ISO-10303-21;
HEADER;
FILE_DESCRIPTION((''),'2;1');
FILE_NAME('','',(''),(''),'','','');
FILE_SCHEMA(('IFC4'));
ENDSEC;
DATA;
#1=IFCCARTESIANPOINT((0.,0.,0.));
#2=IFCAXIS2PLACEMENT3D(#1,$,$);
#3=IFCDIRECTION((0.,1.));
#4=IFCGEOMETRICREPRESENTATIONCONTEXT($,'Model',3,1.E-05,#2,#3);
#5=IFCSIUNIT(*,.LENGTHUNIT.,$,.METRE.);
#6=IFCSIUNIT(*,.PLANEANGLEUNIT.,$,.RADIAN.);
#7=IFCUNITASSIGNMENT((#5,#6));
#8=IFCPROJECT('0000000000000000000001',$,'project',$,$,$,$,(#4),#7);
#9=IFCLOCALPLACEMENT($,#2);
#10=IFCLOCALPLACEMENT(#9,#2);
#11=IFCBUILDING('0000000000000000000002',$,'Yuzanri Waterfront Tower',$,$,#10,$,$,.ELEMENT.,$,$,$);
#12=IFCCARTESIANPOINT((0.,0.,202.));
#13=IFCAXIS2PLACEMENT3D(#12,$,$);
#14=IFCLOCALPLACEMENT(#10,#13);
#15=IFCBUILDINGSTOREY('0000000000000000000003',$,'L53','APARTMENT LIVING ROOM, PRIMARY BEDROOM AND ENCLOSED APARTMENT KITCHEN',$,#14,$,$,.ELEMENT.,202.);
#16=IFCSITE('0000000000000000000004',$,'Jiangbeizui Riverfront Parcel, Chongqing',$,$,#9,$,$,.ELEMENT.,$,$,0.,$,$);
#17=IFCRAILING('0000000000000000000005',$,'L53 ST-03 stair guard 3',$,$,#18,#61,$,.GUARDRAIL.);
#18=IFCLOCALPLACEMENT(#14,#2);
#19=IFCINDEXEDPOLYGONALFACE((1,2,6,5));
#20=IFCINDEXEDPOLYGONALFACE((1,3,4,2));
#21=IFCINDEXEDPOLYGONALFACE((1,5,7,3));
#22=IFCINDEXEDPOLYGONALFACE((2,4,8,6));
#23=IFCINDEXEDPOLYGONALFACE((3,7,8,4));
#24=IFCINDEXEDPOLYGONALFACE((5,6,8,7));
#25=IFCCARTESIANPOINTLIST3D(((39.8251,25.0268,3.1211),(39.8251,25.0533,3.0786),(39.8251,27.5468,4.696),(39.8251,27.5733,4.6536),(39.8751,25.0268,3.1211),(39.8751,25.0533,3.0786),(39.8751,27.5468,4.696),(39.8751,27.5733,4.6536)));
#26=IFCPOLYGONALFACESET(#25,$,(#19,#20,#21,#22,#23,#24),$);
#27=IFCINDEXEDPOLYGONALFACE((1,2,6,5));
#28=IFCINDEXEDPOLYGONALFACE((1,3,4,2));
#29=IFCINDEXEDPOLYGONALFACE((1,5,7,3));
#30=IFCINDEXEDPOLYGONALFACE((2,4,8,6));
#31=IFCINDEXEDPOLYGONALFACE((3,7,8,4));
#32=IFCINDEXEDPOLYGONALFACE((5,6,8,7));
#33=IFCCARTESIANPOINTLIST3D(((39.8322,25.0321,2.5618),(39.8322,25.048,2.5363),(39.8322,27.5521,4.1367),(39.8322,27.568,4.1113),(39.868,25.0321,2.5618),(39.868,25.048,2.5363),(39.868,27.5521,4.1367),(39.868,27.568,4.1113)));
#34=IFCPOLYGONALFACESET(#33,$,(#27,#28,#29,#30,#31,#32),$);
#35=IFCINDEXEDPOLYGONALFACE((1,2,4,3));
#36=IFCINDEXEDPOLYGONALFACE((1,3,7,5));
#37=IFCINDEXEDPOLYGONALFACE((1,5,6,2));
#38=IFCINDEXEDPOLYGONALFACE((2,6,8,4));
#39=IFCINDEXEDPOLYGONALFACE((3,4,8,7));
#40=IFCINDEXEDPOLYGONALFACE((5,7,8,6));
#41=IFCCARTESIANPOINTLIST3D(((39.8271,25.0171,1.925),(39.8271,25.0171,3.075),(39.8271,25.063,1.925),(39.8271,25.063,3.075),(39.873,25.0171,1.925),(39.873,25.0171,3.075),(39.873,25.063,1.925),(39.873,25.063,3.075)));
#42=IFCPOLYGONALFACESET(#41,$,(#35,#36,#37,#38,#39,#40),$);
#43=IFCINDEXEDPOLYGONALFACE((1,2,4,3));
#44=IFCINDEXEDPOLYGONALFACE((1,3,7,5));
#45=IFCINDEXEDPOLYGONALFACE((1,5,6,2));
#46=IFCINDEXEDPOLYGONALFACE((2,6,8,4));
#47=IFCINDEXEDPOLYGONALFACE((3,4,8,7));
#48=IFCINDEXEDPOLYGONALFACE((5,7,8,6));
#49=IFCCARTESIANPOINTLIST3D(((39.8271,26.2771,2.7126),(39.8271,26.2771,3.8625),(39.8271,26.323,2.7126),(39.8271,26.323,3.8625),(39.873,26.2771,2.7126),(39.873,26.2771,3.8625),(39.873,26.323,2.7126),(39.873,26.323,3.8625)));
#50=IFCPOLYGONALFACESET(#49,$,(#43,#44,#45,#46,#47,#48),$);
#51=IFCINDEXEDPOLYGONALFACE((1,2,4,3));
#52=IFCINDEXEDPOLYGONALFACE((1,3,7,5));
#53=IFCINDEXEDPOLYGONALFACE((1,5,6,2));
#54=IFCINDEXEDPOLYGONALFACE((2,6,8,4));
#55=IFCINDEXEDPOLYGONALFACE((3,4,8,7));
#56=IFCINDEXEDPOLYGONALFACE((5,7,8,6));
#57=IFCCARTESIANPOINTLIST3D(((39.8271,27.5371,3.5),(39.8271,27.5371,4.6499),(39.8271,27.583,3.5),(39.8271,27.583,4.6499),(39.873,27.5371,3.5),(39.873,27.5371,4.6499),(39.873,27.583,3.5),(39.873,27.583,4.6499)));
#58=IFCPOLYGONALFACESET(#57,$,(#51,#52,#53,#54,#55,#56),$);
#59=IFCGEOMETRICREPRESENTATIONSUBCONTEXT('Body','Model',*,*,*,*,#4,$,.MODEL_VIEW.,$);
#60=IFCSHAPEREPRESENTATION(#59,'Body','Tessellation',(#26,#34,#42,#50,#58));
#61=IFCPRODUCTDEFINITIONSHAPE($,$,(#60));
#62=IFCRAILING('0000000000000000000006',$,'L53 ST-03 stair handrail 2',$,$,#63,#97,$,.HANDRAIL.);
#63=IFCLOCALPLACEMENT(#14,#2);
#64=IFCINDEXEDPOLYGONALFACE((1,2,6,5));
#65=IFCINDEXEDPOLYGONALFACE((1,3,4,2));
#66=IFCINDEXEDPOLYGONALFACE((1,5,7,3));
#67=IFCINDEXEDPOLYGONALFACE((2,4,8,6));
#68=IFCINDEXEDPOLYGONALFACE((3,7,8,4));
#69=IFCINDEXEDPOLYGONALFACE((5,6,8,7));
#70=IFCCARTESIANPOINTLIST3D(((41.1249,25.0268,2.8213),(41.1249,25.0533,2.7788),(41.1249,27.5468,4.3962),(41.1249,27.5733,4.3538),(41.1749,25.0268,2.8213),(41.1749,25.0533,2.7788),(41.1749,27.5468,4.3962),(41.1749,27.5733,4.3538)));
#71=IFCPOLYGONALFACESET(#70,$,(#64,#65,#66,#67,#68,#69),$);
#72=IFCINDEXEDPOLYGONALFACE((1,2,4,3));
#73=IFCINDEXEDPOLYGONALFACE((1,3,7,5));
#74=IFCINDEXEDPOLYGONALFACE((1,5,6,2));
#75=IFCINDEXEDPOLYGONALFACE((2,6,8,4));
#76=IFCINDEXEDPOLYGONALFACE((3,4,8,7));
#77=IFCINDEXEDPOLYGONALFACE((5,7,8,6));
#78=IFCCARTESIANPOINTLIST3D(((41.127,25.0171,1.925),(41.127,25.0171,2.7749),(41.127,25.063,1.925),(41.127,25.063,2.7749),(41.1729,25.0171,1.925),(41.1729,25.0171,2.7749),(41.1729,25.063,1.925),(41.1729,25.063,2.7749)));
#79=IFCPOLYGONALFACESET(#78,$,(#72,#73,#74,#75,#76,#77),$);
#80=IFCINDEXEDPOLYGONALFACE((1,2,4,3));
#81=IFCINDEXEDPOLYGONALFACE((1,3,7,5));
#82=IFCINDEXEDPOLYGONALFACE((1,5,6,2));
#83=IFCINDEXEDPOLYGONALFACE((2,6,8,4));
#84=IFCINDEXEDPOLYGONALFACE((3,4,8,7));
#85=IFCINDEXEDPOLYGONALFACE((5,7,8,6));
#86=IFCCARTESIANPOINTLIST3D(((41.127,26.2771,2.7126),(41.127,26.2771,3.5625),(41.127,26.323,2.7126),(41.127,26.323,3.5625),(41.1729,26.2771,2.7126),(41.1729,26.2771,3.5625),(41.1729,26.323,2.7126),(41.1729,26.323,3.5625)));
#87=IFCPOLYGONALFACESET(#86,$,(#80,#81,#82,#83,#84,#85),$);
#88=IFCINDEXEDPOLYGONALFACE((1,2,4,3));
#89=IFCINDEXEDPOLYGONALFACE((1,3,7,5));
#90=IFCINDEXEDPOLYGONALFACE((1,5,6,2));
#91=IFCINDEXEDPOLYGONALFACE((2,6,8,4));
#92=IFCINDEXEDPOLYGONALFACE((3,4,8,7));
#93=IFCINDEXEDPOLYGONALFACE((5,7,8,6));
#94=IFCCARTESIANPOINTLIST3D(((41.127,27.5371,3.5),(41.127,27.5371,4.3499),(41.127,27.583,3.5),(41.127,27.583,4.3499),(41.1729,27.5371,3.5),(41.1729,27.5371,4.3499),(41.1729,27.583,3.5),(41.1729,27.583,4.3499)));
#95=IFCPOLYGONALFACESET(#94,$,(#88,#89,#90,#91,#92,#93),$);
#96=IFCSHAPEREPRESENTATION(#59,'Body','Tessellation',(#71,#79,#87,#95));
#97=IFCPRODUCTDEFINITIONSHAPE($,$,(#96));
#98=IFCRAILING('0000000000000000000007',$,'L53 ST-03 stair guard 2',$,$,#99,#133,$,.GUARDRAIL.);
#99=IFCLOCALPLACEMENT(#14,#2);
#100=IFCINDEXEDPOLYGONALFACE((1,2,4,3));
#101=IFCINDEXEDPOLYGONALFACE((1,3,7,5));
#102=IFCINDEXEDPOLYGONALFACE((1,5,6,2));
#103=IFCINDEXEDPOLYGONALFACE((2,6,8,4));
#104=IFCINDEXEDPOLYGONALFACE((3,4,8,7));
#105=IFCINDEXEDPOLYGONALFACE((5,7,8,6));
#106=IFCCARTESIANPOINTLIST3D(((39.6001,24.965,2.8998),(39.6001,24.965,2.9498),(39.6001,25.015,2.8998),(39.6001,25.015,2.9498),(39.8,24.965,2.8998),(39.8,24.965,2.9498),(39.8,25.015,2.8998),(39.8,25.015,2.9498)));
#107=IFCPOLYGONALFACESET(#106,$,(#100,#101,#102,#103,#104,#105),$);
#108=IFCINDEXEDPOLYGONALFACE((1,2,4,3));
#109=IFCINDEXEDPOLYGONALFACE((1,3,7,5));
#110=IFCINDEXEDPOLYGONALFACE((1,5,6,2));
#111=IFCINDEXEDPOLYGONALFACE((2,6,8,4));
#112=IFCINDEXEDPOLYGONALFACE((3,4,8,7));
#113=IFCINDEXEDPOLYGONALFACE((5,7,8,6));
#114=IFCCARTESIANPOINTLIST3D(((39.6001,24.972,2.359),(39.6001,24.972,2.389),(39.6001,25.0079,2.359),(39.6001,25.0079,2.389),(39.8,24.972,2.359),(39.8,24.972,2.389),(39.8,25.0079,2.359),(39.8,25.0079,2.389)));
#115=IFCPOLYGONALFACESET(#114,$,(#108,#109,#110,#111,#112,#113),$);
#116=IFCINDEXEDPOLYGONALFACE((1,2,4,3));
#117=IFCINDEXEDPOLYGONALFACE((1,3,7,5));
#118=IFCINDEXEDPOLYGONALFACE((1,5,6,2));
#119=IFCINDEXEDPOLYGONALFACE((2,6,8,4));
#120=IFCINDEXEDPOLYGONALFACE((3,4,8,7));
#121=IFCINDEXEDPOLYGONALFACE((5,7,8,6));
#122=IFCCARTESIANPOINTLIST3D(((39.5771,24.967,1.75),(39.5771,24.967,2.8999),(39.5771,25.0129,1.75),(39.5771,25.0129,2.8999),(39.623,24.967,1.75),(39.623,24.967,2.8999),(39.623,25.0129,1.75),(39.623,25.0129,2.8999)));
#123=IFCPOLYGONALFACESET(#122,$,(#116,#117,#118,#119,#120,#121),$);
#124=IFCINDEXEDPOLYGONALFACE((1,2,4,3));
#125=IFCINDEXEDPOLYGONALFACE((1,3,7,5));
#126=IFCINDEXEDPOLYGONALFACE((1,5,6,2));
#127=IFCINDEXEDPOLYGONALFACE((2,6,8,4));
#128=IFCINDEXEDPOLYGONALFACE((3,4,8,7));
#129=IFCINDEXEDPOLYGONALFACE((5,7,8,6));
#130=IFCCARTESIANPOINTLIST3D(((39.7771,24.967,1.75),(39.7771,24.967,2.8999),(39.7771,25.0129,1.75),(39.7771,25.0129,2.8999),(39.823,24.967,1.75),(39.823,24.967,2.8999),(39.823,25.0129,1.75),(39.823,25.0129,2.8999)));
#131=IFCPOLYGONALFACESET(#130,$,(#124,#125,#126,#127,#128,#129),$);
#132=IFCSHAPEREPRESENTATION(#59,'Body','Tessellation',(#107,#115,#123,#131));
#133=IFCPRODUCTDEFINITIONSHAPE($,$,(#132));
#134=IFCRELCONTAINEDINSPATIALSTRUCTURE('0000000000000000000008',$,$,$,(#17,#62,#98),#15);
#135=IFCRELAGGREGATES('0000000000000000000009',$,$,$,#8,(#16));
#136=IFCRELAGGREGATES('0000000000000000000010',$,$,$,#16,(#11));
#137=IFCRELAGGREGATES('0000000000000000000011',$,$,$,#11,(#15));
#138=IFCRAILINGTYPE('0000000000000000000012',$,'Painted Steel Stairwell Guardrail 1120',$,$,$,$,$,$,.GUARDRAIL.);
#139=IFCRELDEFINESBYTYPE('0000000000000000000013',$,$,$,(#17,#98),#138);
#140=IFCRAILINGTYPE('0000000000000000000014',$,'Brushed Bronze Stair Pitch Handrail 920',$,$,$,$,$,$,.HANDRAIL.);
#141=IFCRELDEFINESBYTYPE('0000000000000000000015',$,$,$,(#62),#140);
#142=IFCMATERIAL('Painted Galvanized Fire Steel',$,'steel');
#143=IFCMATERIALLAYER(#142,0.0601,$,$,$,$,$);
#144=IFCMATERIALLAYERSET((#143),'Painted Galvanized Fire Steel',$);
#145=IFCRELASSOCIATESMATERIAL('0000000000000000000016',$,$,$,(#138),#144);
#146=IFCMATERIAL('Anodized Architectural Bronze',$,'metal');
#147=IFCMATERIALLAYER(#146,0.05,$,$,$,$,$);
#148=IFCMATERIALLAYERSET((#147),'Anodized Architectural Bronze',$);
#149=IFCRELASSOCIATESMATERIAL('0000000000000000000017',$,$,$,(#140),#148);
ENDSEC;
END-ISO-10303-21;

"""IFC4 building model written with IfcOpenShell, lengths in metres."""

from ifc_helpers import new_model, si_unit, direction, frame, origin, origin_2d, place, context, subcontext, project, spatial, rectangle, extrude, source, transform, mapped, material, layer, layer_set, type_object, element, save


model = new_model("IFC4")

# Units and contexts
model_context = context("Model", 3, precision=1e-05, world=origin(), true_north=direction((0.0, 1.0)))
body_context = subcontext(model_context, "Body", "Model", "MODEL_VIEW")
ifc_project = project(units=[si_unit("LENGTHUNIT", "METRE"), si_unit("PLANEANGLEUNIT", "RADIAN")], contexts=[model_context])

# Site, building, storey
site_placement = place(None, origin())
site = spatial("IfcSite", under=ifc_project, at=site_placement, Name="Jiangbeizui Riverfront Parcel, Chongqing", CompositionType="ELEMENT", RefElevation=0.0)
building_placement = place(site_placement, origin())
building = spatial("IfcBuilding", under=site, at=building_placement, Name="Yuzanri Waterfront Tower", CompositionType="ELEMENT")
storey_placement = place(building_placement, frame((0.0, 0.0, 202.0)))
storey = spatial("IfcBuildingStorey", under=building, at=storey_placement, Name="L53", Description="APARTMENT LIVING ROOM, PRIMARY BEDROOM AND ENCLOSED APARTMENT KITCHEN", CompositionType="ELEMENT", Elevation=202.0)

# Railings
ifc_material_1 = material(Name="Painted Galvanized Fire Steel", Category="steel")
ifc_layer_1 = layer(ifc_material_1, 0.0601)
ifc_layer_set_1 = layer_set([ifc_layer_1], Name="Painted Galvanized Fire Steel")
railing_type_1 = type_object("IfcRailingType", Name="Painted Steel Stairwell Guardrail 1120", PredefinedType="GUARDRAIL", material=ifc_layer_set_1)
shared_shape_1 = source(origin(), body_context, "Body", "SweptSolid", [
    extrude(rectangle(XDim=0.05, YDim=0.05, at=origin_2d()), frame((0.0, 0.0, 1.1748), z_axis=(0.0, 0.848008, 0.529984), x_axis=(-1.0, 0.0, 0.0)), (0.0, 0.0, 1.0), 2.9717),
    extrude(rectangle(XDim=0.0359, YDim=0.03, at=origin_2d()), frame((0.0, 0.0, 0.624), z_axis=(0.0, 0.848008, 0.529984), x_axis=(-1.0, 0.0, 0.0)), (0.0, 0.0, 1.0), 2.9717),
    extrude(rectangle(XDim=0.0459, YDim=0.0459, at=origin_2d()), origin(), (0.0, 0.0, 1.0), 1.1499),
    extrude(rectangle(XDim=0.0459, YDim=0.0459, at=origin_2d()), frame((0.0, 1.26, 0.7876)), (0.0, 0.0, 1.0), 1.1499),
    extrude(rectangle(XDim=0.0459, YDim=0.0459, at=origin_2d()), frame((0.0, 2.52, 1.575)), (0.0, 0.0, 1.0), 1.1499),
])
railing_1_placement = place(storey_placement, frame((39.8501, 25.04, 1.925)))
element("IfcRailing", 1, at=railing_1_placement, inside=storey, type_object=railing_type_1, Name="L53 ST-03 stair guard 3", PredefinedType="GUARDRAIL", context=body_context, shape_type="MappedRepresentation", body=[
    mapped(shared_shape_1, transform((0.0, 0.0, 0.0), scale=1.0)),
])
ifc_material_2 = material(Name="Anodized Architectural Bronze", Category="metal")
ifc_layer_2 = layer(ifc_material_2, 0.05)
ifc_layer_set_2 = layer_set([ifc_layer_2], Name="Anodized Architectural Bronze")
railing_type_2 = type_object("IfcRailingType", Name="Brushed Bronze Stair Pitch Handrail 920", PredefinedType="HANDRAIL", material=ifc_layer_set_2)
shared_shape_2 = source(origin(), body_context, "Body", "SweptSolid", [
    extrude(rectangle(XDim=0.05, YDim=0.05, at=origin_2d()), frame((0.0, 0.0, 0.875), z_axis=(0.0, 0.848008, 0.529984), x_axis=(-1.0, 0.0, 0.0)), (0.0, 0.0, 1.0), 2.9717),
    extrude(rectangle(XDim=0.0459, YDim=0.0459, at=origin_2d()), origin(), (0.0, 0.0, 1.0), 0.8499),
    extrude(rectangle(XDim=0.0459, YDim=0.0459, at=origin_2d()), frame((0.0, 1.26, 0.7876)), (0.0, 0.0, 1.0), 0.8499),
    extrude(rectangle(XDim=0.0459, YDim=0.0459, at=origin_2d()), frame((0.0, 2.52, 1.575)), (0.0, 0.0, 1.0), 0.8499),
])
railing_2_placement = place(storey_placement, frame((41.1499, 25.04, 1.925)))
element("IfcRailing", 2, at=railing_2_placement, inside=storey, type_object=railing_type_2, Name="L53 ST-03 stair handrail 2", PredefinedType="HANDRAIL", context=body_context, shape_type="MappedRepresentation", body=[
    mapped(shared_shape_2, transform((0.0, 0.0, 0.0), scale=1.0)),
])
shared_shape_3 = source(origin(), body_context, "Body", "SweptSolid", [
    extrude(rectangle(XDim=0.05, YDim=0.05, at=origin_2d()), frame((0.0, 0.0, 1.1748), z_axis=(1.0, 0.0, 0.0), x_axis=(0.0, 1.0, 0.0)), (0.0, 0.0, 1.0), 0.2),
    extrude(rectangle(XDim=0.0359, YDim=0.03, at=origin_2d()), frame((0.0, 0.0, 0.624), z_axis=(1.0, 0.0, 0.0), x_axis=(0.0, 1.0, 0.0)), (0.0, 0.0, 1.0), 0.2),
    extrude(rectangle(XDim=0.0459, YDim=0.0459, at=origin_2d()), origin(), (0.0, 0.0, 1.0), 1.1499),
    extrude(rectangle(XDim=0.0459, YDim=0.0459, at=origin_2d()), frame((0.2, 0.0, 0.0)), (0.0, 0.0, 1.0), 1.1499),
])
railing_3_placement = place(storey_placement, frame((39.6001, 24.99, 1.75)))
element("IfcRailing", 3, at=railing_3_placement, inside=storey, type_object=railing_type_1, Name="L53 ST-03 stair guard 2", PredefinedType="GUARDRAIL", context=body_context, shape_type="MappedRepresentation", body=[
    mapped(shared_shape_3, transform((0.0, 0.0, 0.0), scale=1.0)),
])

save(model, "model.ifc")
